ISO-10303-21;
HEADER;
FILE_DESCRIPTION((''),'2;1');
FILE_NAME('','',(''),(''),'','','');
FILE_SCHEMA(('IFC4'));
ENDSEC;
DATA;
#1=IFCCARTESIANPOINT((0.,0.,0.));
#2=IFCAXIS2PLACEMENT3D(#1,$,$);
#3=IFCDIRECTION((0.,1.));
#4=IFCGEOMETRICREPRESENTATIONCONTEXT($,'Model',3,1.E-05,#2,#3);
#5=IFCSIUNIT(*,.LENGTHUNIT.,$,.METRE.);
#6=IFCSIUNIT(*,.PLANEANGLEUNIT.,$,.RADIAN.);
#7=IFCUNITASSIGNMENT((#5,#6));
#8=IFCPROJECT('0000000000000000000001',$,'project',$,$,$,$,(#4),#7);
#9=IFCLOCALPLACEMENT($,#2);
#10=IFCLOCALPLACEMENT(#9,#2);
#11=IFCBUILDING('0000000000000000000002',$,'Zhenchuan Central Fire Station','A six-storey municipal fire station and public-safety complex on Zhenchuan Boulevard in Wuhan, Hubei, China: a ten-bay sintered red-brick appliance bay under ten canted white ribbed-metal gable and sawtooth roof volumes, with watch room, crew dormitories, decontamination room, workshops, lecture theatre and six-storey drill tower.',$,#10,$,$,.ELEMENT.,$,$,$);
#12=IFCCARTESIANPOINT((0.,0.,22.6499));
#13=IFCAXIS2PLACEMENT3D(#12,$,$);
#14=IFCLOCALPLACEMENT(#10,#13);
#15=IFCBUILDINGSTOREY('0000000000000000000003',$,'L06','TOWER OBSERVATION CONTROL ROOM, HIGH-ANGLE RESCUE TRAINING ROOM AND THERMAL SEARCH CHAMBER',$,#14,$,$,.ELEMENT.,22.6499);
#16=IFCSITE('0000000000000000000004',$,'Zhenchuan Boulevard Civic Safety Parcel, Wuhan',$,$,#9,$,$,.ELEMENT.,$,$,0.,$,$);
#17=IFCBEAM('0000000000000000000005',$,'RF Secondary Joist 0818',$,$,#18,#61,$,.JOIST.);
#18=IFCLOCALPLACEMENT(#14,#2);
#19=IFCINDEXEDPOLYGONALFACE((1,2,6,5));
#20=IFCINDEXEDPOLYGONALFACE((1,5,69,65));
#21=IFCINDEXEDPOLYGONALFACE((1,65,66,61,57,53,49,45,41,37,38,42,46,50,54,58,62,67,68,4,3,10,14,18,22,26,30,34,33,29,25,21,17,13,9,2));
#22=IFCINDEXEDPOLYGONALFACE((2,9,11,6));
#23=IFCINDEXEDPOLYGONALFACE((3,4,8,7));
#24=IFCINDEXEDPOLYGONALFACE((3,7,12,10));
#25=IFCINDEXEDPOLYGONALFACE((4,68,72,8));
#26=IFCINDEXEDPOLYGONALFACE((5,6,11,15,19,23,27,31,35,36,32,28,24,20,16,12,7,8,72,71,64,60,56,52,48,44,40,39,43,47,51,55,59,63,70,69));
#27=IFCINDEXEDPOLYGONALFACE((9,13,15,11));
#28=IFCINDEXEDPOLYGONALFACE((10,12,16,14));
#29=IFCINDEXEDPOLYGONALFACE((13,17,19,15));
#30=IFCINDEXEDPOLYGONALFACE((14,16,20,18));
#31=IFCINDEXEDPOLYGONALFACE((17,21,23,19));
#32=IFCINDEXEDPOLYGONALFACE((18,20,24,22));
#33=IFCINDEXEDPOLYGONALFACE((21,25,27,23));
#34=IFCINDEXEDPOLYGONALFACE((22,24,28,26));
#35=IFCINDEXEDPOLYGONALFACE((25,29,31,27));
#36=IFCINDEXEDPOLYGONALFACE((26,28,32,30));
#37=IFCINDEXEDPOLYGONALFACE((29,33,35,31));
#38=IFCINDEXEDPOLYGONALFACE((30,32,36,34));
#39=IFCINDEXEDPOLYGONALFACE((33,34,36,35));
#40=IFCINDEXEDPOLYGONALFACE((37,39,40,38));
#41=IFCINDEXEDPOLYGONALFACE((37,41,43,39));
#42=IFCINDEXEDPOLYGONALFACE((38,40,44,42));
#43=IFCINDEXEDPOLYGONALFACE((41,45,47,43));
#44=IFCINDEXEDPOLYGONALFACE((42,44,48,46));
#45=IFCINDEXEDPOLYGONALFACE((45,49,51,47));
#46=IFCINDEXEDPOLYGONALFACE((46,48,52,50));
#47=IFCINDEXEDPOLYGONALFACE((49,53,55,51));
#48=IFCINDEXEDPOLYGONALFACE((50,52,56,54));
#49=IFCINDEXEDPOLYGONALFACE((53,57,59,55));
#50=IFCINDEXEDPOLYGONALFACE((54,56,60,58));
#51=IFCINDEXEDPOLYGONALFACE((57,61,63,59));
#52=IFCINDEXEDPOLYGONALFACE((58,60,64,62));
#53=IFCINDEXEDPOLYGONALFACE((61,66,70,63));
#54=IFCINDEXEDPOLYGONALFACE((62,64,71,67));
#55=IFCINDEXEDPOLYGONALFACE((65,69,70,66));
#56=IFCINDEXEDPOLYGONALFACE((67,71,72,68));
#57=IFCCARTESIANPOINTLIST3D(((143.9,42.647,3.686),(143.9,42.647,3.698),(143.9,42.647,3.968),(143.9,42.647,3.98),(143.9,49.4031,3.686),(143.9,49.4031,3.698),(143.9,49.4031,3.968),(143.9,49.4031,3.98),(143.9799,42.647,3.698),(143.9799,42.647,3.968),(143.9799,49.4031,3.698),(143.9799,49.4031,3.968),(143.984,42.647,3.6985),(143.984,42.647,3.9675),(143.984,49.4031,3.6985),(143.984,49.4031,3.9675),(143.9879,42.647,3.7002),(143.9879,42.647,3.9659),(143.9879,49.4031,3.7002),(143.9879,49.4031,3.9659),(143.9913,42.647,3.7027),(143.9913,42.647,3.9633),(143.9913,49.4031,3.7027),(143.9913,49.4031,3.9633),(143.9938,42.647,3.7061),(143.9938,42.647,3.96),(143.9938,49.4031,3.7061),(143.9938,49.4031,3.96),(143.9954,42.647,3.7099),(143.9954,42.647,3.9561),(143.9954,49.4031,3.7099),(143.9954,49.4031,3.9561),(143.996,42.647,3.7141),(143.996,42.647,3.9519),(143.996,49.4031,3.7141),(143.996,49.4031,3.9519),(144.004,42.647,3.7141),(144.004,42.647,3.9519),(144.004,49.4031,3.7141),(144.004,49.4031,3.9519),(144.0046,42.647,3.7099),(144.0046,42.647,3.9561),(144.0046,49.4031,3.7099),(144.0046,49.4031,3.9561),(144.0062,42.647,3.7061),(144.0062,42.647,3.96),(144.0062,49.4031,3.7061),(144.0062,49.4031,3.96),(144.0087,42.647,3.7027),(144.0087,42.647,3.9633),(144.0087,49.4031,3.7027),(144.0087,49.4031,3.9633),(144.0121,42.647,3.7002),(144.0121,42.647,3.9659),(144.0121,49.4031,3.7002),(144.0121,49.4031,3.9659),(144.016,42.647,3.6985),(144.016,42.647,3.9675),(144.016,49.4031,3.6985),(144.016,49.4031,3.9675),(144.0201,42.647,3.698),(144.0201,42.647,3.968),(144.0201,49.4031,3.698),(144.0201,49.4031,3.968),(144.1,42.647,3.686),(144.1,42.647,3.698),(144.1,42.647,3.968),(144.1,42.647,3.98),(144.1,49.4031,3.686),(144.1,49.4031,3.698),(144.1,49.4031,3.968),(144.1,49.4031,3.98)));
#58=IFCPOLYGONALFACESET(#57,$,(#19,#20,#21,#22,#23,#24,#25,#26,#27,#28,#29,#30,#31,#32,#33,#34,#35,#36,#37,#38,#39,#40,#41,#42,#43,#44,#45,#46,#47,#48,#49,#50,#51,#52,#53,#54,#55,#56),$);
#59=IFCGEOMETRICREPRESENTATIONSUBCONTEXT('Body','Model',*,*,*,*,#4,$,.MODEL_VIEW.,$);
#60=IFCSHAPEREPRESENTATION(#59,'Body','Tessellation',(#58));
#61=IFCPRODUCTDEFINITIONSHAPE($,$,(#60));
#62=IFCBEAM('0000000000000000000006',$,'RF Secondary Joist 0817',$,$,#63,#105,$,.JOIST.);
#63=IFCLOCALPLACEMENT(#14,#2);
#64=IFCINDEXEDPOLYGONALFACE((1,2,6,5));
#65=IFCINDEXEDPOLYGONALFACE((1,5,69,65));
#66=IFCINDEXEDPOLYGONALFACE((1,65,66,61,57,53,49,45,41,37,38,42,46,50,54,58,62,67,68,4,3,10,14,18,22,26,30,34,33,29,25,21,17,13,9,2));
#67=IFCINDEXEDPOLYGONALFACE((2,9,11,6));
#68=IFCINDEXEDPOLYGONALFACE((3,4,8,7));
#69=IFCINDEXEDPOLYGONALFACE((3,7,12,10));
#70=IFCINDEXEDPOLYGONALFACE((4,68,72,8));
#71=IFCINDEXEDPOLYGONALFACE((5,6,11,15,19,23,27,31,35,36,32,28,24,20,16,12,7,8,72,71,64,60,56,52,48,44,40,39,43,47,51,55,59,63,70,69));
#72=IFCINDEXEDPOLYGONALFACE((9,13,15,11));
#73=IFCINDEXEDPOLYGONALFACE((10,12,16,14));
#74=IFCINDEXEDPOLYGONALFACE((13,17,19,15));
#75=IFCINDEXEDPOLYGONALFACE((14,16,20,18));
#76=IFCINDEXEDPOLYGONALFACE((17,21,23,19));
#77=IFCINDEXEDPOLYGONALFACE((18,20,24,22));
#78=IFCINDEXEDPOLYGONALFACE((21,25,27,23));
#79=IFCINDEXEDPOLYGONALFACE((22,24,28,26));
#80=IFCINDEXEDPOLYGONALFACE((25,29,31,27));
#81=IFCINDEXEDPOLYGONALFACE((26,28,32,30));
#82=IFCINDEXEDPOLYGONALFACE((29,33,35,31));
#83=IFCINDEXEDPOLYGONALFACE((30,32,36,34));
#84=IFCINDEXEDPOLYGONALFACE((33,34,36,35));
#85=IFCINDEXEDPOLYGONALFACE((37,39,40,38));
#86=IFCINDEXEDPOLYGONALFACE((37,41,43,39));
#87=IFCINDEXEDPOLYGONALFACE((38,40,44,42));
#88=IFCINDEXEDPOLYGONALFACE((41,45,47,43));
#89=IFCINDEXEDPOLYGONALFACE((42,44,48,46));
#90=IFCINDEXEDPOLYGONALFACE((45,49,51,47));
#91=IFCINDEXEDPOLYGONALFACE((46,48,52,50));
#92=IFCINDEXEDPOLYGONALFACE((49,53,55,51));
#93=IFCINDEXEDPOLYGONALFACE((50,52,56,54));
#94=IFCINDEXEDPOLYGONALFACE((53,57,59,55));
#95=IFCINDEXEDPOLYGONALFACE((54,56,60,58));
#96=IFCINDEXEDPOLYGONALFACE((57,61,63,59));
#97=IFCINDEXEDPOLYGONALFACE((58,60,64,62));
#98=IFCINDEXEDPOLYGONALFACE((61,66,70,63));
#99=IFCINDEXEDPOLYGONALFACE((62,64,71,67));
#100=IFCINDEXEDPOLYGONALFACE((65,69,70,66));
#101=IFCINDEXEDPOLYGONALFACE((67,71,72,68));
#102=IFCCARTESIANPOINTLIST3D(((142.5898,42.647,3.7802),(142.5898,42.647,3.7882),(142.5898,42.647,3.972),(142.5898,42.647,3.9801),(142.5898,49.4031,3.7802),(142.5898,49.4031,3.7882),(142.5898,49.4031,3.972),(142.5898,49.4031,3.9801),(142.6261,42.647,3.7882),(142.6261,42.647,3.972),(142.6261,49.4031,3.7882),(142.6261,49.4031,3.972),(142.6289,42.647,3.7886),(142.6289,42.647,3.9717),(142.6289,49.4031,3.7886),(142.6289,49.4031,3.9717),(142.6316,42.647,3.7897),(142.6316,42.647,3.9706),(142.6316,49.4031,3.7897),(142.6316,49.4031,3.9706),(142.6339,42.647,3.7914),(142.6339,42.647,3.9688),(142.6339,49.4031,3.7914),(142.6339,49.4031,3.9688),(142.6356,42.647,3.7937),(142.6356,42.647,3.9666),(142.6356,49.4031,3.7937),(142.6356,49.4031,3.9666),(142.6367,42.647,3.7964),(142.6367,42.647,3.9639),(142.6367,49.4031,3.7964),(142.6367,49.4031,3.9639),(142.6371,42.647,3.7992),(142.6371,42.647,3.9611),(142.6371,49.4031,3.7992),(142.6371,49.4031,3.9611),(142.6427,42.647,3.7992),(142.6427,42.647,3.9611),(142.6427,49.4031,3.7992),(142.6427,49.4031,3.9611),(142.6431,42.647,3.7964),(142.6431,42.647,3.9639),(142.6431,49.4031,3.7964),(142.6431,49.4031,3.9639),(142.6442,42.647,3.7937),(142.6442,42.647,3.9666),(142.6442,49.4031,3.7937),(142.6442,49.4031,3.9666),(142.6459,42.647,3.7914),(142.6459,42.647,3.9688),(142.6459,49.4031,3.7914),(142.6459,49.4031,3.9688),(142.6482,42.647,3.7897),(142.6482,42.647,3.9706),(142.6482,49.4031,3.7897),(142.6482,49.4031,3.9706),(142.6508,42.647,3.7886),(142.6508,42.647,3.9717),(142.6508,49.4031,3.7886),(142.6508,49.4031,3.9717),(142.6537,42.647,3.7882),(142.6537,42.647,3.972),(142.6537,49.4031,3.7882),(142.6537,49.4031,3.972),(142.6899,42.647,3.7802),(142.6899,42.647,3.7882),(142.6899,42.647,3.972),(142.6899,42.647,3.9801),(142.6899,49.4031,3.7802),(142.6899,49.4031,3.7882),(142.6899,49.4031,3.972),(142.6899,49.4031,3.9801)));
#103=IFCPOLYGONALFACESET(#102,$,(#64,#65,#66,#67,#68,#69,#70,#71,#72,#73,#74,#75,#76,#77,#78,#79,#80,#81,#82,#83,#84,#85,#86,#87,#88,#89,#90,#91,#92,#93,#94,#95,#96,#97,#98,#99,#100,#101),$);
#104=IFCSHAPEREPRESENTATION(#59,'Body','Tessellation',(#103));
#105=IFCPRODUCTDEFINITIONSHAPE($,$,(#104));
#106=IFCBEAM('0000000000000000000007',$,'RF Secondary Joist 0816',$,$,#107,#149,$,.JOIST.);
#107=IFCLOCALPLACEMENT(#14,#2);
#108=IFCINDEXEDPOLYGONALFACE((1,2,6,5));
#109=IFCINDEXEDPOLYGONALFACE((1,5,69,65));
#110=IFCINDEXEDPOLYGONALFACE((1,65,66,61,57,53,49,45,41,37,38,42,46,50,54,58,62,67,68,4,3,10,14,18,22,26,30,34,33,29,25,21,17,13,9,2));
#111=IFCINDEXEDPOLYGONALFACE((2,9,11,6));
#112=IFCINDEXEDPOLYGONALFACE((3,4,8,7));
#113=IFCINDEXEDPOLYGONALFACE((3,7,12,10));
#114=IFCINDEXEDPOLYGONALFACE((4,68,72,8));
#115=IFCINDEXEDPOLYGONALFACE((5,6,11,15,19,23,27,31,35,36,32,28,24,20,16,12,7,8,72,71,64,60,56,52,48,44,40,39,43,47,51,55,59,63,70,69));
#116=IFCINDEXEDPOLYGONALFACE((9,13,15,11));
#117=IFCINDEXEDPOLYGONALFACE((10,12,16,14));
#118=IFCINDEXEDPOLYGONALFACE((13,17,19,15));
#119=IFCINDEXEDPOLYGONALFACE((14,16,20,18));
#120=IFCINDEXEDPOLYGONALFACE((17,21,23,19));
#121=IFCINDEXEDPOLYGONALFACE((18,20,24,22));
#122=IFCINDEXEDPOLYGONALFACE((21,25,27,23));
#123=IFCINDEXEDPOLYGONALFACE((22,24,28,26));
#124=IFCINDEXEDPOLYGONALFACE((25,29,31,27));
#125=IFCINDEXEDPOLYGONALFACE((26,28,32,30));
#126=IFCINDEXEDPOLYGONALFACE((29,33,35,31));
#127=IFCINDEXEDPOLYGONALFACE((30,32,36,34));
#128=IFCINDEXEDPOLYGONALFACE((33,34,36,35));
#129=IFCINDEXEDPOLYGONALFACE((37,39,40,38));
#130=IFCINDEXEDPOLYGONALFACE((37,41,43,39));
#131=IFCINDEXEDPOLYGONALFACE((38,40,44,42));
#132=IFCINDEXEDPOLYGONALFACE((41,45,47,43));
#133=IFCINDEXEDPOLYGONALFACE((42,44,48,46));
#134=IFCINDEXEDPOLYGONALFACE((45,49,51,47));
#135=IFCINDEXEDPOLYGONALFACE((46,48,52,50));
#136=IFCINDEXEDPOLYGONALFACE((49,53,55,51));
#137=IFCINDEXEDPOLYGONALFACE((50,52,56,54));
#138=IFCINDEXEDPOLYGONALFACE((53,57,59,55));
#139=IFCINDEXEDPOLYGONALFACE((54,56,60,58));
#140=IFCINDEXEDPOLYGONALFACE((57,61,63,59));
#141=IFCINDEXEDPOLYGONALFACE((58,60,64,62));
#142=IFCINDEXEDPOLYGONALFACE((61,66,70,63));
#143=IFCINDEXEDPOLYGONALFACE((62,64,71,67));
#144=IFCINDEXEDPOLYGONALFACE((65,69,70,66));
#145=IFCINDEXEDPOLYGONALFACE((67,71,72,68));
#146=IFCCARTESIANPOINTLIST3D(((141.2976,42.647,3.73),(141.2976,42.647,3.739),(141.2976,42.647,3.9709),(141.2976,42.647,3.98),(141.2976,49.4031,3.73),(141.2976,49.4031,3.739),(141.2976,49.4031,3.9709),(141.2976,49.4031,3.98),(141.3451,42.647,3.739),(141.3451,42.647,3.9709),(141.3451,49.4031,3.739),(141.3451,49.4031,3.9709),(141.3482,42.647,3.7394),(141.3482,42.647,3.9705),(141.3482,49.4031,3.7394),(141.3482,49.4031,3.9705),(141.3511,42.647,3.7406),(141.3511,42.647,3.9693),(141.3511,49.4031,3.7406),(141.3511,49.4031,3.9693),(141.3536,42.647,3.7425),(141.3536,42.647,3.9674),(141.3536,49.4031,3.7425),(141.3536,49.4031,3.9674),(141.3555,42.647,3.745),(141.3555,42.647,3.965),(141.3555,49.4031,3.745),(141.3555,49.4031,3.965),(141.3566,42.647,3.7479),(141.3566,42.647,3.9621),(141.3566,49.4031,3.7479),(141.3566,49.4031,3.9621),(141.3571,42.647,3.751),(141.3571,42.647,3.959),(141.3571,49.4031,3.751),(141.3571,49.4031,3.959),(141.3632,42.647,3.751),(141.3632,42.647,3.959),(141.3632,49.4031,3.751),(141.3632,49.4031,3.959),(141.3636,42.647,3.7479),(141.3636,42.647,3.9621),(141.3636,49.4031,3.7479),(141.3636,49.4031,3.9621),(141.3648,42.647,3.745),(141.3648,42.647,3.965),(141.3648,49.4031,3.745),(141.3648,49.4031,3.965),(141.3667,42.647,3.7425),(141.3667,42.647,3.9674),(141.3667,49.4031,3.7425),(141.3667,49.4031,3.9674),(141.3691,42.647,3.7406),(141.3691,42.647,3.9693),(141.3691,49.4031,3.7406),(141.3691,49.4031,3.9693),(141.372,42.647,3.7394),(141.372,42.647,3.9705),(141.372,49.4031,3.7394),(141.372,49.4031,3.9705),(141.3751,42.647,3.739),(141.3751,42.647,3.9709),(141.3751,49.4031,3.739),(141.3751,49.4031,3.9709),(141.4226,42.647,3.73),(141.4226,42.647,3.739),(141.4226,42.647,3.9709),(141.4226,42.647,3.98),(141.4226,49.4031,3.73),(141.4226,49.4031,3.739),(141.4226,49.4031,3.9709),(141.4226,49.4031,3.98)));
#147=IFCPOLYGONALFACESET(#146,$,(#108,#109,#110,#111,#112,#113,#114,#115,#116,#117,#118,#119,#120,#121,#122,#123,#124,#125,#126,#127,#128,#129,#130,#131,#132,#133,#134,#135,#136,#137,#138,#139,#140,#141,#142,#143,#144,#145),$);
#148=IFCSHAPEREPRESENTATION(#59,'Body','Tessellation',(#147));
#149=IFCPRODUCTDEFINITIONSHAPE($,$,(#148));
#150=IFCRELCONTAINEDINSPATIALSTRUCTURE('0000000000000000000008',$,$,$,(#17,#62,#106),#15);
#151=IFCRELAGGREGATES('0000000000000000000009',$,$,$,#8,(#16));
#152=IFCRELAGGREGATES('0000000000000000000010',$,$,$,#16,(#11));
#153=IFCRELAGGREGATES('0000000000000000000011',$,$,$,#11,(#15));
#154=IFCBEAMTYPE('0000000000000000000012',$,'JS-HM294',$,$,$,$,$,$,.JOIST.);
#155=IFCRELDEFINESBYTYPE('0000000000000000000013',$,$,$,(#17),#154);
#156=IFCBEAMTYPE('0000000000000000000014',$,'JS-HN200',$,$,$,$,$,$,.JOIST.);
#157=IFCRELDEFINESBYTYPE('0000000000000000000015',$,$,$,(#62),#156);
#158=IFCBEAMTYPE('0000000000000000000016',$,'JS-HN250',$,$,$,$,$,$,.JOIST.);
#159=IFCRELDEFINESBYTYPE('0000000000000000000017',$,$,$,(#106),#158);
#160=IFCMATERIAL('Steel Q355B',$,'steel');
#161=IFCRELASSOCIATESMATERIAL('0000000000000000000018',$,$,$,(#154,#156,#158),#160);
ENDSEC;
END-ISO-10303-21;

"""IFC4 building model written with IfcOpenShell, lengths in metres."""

from ifc_helpers import new_model, si_unit, direction, frame, origin, origin_2d, place, context, subcontext, project, spatial, i_section, extrude, material, material_profile, profile_set, type_object, element, save


model = new_model("IFC4")

# Units and contexts
model_context = context("Model", 3, precision=1e-05, world=origin(), true_north=direction((0.0, 1.0)))
body_context = subcontext(model_context, "Body", "Model", "MODEL_VIEW")
ifc_project = project(units=[si_unit("LENGTHUNIT", "METRE"), si_unit("PLANEANGLEUNIT", "RADIAN")], contexts=[model_context])

# Site, building, storey
site_placement = place(None, origin())
site = spatial("IfcSite", under=ifc_project, at=site_placement, Name="Zhenchuan Boulevard Civic Safety Parcel, Wuhan", CompositionType="ELEMENT", RefElevation=0.0)
building_placement = place(site_placement, origin())
building = spatial("IfcBuilding", under=site, at=building_placement, Name="Zhenchuan Central Fire Station", Description="A six-storey municipal fire station and public-safety complex on Zhenchuan Boulevard in Wuhan, Hubei, China: a ten-bay sintered red-brick appliance bay under ten canted white ribbed-metal gable and sawtooth roof volumes, with watch room, crew dormitories, decontamination room, workshops, lecture theatre and six-storey drill tower.", CompositionType="ELEMENT")
storey_placement = place(building_placement, frame((0.0, 0.0, 22.6499)))
storey = spatial("IfcBuildingStorey", under=building, at=storey_placement, Name="L06", Description="TOWER OBSERVATION CONTROL ROOM, HIGH-ANGLE RESCUE TRAINING ROOM AND THERMAL SEARCH CHAMBER", CompositionType="ELEMENT", Elevation=22.6499)

# Shared definitions
ifc_material_1 = material(Name="Steel Q355B", Category="steel")

# Beams
ifc_material_profile_1 = material_profile(ifc_material_1, i_section(OverallWidth=0.2, OverallDepth=0.2939, WebThickness=0.0081, FlangeThickness=0.012, FilletRadius=0.0161, at=origin_2d()), Name="HM 294x200")
ifc_profile_set_1 = profile_set([ifc_material_profile_1], Name="Steel Q355B")
beam_type_1 = type_object("IfcBeamType", Name="JS-HM294", PredefinedType="JOIST", material=ifc_profile_set_1)
beam_1_placement = place(storey_placement, frame((144.0, 42.647, 3.833), z_axis=(0.0, 1.0, 0.0), x_axis=(-1.0, 0.0, 0.0)))
element("IfcBeam", 1, at=beam_1_placement, inside=storey, type_object=beam_type_1, Name="RF Secondary Joist 0818", PredefinedType="JOIST", context=body_context, shape_type="SweptSolid", body=[
    extrude(i_section(OverallWidth=0.2, OverallDepth=0.2939, WebThickness=0.0081, FlangeThickness=0.012, FilletRadius=0.0161, at=origin_2d()), origin(), (0.0, 0.0, 1.0), 6.7561),
])
ifc_material_profile_2 = material_profile(ifc_material_1, i_section(OverallWidth=0.1001, OverallDepth=0.2, WebThickness=0.0056, FlangeThickness=0.0081, FilletRadius=0.011, at=origin_2d()), Name="HN 200x100")
ifc_profile_set_2 = profile_set([ifc_material_profile_2], Name="Steel Q355B")
beam_type_2 = type_object("IfcBeamType", Name="JS-HN200", PredefinedType="JOIST", material=ifc_profile_set_2)
beam_2_placement = place(storey_placement, frame((142.6399, 42.647, 3.8801), z_axis=(0.0, 1.0, 0.0), x_axis=(-1.0, 0.0, 0.0)))
element("IfcBeam", 2, at=beam_2_placement, inside=storey, type_object=beam_type_2, Name="RF Secondary Joist 0817", PredefinedType="JOIST", context=body_context, shape_type="SweptSolid", body=[
    extrude(i_section(OverallWidth=0.1001, OverallDepth=0.2, WebThickness=0.0056, FlangeThickness=0.0081, FilletRadius=0.011, at=origin_2d()), origin(), (0.0, 0.0, 1.0), 6.7561),
])
ifc_material_profile_3 = material_profile(ifc_material_1, i_section(OverallWidth=0.125, OverallDepth=0.25, WebThickness=0.0061, FlangeThickness=0.009, FilletRadius=0.012, at=origin_2d()), Name="HN 250x125")
ifc_profile_set_3 = profile_set([ifc_material_profile_3], Name="Steel Q355B")
beam_type_3 = type_object("IfcBeamType", Name="JS-HN250", PredefinedType="JOIST", material=ifc_profile_set_3)
beam_3_placement = place(storey_placement, frame((141.3601, 42.647, 3.855), z_axis=(0.0, 1.0, 0.0), x_axis=(-1.0, 0.0, 0.0)))
element("IfcBeam", 3, at=beam_3_placement, inside=storey, type_object=beam_type_3, Name="RF Secondary Joist 0816", PredefinedType="JOIST", context=body_context, shape_type="SweptSolid", body=[
    extrude(i_section(OverallWidth=0.125, OverallDepth=0.25, WebThickness=0.0061, FlangeThickness=0.009, FilletRadius=0.012, at=origin_2d()), origin(), (0.0, 0.0, 1.0), 6.7561),
])

save(model, "model.ifc")
